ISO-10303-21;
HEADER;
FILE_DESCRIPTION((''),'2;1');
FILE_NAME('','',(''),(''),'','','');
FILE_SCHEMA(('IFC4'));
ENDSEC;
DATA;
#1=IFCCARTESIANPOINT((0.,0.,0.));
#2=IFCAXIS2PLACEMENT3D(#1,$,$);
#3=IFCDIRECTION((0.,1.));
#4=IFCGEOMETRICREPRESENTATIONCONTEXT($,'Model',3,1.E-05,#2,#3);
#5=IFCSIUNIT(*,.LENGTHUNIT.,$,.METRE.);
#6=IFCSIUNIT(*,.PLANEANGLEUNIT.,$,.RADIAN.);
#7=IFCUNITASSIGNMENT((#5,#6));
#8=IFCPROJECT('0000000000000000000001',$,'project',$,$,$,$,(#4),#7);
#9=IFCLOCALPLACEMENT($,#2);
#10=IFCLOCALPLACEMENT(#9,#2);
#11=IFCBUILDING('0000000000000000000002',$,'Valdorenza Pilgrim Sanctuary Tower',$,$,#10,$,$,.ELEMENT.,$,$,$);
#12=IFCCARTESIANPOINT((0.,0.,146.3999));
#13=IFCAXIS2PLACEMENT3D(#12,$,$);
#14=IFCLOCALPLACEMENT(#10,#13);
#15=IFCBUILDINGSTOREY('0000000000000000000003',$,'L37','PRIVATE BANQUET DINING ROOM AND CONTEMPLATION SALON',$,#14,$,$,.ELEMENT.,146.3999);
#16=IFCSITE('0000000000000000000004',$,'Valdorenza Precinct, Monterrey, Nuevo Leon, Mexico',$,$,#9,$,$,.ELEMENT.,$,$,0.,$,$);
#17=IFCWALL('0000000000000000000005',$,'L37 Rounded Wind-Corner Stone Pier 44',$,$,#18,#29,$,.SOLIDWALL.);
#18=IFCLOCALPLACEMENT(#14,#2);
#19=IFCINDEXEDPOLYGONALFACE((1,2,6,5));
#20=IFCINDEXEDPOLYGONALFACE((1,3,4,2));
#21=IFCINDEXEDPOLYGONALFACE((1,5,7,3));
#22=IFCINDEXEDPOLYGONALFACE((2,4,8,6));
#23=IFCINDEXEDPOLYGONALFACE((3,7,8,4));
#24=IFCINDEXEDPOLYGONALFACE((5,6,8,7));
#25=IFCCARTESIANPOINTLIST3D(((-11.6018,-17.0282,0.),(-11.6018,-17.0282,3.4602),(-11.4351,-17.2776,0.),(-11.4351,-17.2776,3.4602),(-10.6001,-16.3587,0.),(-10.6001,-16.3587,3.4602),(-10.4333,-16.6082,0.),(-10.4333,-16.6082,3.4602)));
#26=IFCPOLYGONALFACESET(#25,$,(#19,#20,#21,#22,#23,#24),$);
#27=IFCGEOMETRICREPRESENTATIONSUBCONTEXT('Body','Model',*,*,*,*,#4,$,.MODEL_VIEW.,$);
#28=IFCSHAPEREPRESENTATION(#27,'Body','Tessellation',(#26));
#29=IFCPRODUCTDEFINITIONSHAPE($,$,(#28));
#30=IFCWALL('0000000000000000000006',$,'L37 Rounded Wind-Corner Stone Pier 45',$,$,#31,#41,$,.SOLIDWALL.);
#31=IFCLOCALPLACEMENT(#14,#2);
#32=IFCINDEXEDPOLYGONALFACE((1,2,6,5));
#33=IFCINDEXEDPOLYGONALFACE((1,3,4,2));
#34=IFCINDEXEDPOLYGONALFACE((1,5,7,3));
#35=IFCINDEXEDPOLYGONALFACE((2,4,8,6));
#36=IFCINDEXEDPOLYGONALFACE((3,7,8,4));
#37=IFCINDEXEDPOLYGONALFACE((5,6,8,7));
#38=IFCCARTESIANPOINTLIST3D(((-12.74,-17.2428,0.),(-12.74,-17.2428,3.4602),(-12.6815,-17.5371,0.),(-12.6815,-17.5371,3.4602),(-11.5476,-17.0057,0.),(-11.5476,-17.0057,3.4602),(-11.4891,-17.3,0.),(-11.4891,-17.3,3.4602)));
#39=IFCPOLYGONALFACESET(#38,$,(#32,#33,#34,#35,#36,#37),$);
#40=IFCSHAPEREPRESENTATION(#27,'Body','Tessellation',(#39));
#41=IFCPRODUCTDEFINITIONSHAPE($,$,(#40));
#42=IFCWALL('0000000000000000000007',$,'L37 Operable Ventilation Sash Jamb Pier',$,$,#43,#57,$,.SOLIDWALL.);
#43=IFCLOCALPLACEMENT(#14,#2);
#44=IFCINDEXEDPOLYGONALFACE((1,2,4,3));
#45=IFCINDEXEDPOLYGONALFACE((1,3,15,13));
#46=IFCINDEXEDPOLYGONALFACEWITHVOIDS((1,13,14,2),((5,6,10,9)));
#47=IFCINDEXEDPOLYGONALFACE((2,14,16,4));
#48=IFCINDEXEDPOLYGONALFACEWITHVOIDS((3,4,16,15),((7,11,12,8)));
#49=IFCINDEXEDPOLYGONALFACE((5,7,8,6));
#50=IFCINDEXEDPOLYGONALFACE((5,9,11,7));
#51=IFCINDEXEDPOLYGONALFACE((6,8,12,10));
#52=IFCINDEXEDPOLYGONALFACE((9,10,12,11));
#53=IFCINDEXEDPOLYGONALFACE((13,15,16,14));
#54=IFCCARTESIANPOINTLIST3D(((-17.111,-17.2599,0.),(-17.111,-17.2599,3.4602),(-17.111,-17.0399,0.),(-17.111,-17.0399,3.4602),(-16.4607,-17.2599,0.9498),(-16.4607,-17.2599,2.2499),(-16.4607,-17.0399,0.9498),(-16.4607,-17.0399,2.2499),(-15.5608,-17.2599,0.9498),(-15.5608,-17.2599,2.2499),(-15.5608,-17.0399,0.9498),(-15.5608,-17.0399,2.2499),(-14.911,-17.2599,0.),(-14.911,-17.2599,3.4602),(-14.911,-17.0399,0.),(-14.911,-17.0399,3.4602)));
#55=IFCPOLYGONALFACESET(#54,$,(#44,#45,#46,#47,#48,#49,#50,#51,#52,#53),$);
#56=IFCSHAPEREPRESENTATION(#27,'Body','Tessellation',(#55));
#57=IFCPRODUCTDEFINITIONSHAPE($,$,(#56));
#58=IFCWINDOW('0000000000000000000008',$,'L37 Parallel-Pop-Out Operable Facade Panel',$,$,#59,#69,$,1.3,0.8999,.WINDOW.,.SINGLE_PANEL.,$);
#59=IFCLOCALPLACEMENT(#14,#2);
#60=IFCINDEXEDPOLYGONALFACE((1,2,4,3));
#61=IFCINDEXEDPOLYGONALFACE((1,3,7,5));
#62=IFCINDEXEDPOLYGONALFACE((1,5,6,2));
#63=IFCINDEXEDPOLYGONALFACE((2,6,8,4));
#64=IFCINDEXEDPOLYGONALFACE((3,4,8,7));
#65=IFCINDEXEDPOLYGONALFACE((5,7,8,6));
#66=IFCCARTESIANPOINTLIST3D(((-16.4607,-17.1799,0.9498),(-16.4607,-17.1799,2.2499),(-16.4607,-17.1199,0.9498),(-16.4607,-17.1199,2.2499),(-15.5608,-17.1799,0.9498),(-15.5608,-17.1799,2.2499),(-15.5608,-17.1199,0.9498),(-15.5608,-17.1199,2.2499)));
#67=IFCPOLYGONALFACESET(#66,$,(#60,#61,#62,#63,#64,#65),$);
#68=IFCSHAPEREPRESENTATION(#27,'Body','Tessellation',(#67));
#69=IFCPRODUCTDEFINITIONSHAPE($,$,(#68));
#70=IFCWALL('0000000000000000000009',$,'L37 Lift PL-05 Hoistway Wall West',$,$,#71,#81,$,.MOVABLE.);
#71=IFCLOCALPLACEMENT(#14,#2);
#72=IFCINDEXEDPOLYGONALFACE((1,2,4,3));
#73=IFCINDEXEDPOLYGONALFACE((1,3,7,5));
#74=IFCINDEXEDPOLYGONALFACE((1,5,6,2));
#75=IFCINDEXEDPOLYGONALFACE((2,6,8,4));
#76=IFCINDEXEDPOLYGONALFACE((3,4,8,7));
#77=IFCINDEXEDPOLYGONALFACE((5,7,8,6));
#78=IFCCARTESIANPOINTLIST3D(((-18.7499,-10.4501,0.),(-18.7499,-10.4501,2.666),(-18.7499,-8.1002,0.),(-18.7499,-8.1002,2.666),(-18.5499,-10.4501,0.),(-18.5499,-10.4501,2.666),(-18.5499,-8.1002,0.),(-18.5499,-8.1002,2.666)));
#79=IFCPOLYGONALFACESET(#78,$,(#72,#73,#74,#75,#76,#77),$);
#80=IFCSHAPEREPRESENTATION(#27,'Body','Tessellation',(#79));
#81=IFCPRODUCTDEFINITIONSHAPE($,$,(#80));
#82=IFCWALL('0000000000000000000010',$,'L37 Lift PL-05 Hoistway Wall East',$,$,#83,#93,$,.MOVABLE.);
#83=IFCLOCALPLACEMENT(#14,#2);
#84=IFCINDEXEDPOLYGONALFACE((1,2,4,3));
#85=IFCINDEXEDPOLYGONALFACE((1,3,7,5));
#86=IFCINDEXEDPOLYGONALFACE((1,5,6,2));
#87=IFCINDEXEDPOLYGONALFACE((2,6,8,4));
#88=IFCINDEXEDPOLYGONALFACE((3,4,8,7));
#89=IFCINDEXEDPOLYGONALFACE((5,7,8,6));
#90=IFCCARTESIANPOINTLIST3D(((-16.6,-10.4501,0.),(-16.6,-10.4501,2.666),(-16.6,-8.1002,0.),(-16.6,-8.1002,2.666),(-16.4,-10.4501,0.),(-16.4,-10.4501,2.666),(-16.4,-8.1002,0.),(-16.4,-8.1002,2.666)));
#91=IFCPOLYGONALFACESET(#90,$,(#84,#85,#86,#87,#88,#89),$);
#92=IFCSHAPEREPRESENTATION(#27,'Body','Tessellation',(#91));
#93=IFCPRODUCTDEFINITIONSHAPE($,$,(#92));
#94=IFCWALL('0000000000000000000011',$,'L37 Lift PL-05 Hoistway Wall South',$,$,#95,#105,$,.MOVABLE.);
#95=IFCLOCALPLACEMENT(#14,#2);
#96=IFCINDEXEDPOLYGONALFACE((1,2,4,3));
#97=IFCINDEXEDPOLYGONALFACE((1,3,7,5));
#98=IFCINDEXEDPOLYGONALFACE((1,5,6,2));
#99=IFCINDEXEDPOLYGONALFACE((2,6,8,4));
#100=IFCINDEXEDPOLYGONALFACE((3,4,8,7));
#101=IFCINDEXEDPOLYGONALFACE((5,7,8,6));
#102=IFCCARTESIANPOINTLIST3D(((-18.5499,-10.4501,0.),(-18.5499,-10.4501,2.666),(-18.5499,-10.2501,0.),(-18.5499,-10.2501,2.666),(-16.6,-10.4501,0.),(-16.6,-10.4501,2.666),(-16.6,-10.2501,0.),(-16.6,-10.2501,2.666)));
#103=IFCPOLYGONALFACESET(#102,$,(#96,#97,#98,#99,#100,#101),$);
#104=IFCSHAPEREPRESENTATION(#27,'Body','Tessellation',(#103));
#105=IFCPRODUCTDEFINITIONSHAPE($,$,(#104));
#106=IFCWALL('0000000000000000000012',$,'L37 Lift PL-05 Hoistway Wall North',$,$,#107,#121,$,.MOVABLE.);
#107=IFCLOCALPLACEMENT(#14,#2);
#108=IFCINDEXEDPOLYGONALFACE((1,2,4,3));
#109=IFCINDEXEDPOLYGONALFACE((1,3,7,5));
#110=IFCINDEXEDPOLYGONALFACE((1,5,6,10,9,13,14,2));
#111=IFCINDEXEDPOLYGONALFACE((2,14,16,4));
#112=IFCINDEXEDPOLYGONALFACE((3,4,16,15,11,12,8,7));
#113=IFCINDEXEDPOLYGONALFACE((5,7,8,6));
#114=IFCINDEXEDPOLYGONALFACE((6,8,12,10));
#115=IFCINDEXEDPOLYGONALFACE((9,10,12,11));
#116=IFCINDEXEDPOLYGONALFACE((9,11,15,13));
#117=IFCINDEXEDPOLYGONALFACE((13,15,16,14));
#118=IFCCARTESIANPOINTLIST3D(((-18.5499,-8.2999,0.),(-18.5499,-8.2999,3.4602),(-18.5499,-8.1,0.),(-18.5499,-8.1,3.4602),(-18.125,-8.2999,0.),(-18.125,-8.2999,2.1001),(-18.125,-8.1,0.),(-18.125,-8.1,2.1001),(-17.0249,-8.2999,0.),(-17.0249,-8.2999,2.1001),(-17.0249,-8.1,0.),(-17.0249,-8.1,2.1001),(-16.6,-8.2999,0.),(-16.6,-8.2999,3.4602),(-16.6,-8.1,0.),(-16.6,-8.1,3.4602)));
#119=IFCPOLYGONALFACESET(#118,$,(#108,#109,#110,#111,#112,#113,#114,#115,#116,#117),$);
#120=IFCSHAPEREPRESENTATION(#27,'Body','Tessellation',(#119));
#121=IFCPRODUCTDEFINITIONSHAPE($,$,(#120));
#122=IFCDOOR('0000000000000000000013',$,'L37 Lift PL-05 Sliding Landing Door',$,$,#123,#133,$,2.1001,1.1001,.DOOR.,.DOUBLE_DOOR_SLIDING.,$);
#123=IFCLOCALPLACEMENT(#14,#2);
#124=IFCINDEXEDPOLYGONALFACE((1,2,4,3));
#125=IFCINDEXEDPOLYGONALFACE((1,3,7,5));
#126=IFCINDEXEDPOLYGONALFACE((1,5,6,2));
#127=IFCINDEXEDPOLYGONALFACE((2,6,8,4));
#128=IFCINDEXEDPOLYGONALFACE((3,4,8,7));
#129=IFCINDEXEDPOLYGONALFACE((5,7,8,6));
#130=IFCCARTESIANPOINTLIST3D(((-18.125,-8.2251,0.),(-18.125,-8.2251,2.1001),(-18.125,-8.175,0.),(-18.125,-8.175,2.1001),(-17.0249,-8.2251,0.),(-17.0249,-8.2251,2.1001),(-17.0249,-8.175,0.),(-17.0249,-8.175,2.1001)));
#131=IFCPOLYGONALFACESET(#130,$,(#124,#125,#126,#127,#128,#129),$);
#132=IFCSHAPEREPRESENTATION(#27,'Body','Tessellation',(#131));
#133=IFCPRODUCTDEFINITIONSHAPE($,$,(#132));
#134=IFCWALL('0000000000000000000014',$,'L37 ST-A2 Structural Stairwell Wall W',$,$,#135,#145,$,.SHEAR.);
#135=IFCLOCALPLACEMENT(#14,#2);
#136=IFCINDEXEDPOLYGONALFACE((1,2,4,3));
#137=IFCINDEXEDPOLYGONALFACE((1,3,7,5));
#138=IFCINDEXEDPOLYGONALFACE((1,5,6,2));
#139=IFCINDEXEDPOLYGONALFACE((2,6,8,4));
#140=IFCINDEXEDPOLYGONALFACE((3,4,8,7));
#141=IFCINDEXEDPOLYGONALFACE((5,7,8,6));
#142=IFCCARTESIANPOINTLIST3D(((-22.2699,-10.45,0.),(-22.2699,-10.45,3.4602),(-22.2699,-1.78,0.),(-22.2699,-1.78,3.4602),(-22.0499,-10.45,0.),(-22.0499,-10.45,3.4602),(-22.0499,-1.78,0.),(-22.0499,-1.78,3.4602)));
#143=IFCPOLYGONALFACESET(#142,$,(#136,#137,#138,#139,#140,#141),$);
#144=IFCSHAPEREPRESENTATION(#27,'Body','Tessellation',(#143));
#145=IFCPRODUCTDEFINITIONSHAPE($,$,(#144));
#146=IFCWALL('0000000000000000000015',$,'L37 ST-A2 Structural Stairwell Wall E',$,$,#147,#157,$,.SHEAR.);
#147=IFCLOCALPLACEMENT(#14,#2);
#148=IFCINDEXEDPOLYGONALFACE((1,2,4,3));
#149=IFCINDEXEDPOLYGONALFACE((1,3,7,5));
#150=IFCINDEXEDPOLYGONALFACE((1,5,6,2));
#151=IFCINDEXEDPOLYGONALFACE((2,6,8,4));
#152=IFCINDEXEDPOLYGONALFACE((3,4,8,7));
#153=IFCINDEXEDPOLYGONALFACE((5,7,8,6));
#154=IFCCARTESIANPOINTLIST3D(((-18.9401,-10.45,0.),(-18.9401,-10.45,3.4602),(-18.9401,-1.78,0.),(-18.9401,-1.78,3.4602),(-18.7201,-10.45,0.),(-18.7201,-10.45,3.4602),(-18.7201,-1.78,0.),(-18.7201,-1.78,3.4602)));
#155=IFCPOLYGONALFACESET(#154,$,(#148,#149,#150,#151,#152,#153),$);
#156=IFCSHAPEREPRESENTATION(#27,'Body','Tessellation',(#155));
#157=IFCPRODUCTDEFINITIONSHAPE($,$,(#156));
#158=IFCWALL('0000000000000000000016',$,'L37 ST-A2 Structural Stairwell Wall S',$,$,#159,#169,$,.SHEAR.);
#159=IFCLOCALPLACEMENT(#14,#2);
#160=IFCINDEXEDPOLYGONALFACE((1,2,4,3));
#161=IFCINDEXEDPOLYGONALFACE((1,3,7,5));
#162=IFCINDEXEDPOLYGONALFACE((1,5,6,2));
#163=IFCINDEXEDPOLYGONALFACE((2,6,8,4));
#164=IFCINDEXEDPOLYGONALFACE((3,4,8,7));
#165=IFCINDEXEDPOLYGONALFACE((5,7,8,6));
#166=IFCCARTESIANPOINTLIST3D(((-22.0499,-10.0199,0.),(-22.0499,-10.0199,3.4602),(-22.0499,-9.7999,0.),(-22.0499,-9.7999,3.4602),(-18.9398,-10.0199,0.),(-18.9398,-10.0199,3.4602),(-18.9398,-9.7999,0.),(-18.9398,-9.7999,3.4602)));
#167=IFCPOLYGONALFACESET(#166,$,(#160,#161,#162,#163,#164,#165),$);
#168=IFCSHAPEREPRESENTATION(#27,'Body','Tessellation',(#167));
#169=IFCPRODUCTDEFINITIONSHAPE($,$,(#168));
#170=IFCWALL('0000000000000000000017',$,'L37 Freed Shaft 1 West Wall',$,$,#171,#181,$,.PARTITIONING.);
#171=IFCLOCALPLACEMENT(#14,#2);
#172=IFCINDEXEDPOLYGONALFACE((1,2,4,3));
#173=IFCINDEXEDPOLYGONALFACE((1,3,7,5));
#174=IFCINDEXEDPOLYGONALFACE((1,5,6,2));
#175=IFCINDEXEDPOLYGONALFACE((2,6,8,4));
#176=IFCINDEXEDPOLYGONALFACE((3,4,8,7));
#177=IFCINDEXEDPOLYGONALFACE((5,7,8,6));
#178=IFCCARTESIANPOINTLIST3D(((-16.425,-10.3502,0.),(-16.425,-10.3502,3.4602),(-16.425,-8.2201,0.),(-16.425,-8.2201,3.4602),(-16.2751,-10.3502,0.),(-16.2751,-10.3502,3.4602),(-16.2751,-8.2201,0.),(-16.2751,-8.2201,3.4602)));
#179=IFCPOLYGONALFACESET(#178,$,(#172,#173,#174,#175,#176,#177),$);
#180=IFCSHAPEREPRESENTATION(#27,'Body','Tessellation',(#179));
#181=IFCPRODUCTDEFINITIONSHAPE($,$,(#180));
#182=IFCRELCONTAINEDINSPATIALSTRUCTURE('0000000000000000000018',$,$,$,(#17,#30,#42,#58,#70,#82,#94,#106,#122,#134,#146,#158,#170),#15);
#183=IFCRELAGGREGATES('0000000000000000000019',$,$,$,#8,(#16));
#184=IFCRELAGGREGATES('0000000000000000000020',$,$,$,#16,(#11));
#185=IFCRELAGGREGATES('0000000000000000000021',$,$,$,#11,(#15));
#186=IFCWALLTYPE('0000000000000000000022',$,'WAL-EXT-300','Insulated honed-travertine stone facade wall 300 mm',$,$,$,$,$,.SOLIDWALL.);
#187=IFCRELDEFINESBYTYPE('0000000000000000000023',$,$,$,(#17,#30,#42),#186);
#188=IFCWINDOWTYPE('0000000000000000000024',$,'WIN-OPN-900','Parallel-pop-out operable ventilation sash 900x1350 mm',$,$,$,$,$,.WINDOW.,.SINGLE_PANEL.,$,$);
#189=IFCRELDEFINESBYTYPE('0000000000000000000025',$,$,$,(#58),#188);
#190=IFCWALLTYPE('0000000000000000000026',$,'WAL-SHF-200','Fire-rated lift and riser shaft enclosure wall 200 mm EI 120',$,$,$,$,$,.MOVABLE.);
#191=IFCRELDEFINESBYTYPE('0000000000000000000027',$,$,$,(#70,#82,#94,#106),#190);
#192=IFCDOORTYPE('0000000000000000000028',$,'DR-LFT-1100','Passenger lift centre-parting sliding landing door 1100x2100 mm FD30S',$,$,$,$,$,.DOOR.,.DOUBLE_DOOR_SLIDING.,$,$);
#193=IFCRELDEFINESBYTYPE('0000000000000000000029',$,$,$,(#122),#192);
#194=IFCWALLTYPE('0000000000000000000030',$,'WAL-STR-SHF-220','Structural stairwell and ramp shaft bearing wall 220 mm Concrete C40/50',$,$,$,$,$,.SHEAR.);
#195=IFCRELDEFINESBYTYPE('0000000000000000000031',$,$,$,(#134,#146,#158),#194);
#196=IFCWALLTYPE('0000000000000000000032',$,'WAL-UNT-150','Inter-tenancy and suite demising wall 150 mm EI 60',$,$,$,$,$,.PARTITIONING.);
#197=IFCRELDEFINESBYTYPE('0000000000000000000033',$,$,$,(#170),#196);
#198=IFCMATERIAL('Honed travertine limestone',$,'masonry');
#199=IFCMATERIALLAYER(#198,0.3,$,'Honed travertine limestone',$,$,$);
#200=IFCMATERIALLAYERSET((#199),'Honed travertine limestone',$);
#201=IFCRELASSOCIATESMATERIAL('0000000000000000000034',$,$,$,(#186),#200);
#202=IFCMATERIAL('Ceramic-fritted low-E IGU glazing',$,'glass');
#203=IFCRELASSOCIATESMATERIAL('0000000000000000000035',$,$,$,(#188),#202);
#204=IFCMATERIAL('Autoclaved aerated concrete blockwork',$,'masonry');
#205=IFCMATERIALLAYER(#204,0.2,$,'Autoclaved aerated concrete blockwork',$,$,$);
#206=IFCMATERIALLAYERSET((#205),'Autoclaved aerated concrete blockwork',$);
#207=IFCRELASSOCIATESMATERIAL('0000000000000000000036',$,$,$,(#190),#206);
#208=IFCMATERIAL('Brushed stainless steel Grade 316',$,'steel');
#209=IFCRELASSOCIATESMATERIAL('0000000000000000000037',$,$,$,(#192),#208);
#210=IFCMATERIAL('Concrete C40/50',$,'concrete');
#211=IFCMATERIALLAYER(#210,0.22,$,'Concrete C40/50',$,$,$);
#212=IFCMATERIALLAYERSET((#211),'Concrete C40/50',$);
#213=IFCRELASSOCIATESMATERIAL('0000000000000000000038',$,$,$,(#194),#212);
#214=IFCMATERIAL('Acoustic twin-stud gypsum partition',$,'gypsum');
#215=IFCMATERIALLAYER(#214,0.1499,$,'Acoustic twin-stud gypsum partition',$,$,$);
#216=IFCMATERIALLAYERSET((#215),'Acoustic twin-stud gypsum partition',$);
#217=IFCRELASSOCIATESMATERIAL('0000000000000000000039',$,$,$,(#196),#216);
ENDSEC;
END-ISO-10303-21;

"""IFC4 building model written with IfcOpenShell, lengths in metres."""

from ifc_helpers import new_model, si_unit, direction, frame, frame_2d, origin, place, context, subcontext, project, spatial, rectangle, extrude, material, layer, layer_set, type_object, element, fill, save


model = new_model("IFC4")

# Units and contexts
model_context = context("Model", 3, precision=1e-05, world=origin(), true_north=direction((0.0, 1.0)))
body_context = subcontext(model_context, "Body", "Model", "MODEL_VIEW")
ifc_project = project(units=[si_unit("LENGTHUNIT", "METRE"), si_unit("PLANEANGLEUNIT", "RADIAN")], contexts=[model_context])

# Site, building, storey
site_placement = place(None, origin())
site = spatial("IfcSite", under=ifc_project, at=site_placement, Name="Valdorenza Precinct, Monterrey, Nuevo Leon, Mexico", CompositionType="ELEMENT", RefElevation=0.0)
building_placement = place(site_placement, origin())
building = spatial("IfcBuilding", under=site, at=building_placement, Name="Valdorenza Pilgrim Sanctuary Tower", CompositionType="ELEMENT")
storey_placement = place(building_placement, frame((0.0, 0.0, 146.3999)))
storey = spatial("IfcBuildingStorey", under=building, at=storey_placement, Name="L37", Description="PRIVATE BANQUET DINING ROOM AND CONTEMPLATION SALON", CompositionType="ELEMENT", Elevation=146.3999)

# Shared definitions
ifc_material_1 = material(Name="Honed travertine limestone", Category="masonry")
ifc_material_2 = material(Name="Ceramic-fritted low-E IGU glazing", Category="glass")

# Shared definitions
ifc_material_3 = material(Name="Acoustic twin-stud gypsum partition", Category="gypsum")

# Walls
ifc_layer_1 = layer(ifc_material_1, 0.3, Name="Honed travertine limestone")
ifc_layer_set_1 = layer_set([ifc_layer_1], Name="Honed travertine limestone")
wall_type_1 = type_object("IfcWallType", Name="WAL-EXT-300", Description="Insulated honed-travertine stone facade wall 300 mm", PredefinedType="SOLIDWALL", material=ifc_layer_set_1)
for number, where, z_axis, x_axis, name in (
    (1, (-10.5166, -16.4834, 0.0), (0.0, 0.0, 1.0), (-0.831426, -0.555635, 0.0), "L37 Rounded Wind-Corner Stone Pier 44"),
):
    element("IfcWall", number, at=place(storey_placement, frame(where, z_axis=z_axis, x_axis=x_axis)), inside=storey, type_object=wall_type_1, Name=name, PredefinedType="SOLIDWALL", context=body_context, shape_type="SweptSolid", body=[
        extrude(rectangle(XDim=1.2048, YDim=0.3, at=frame_2d((0.6025, 0.0))), origin(), (0.0, 0.0, 1.0), 3.4602),
    ])
wall_1_placement = place(storey_placement, frame((-11.5183, -17.1528, 0.0), z_axis=(0.0, 0.0, 1.0), x_axis=(-0.980804, -0.194996, 0.0)))
element("IfcWall", 2, at=wall_1_placement, inside=storey, type_object=wall_type_1, Name="L37 Rounded Wind-Corner Stone Pier 45", PredefinedType="SOLIDWALL", context=body_context, shape_type="SweptSolid", body=[
    extrude(rectangle(XDim=1.2158, YDim=0.3, at=frame_2d((0.6079, 0.0))), origin(), (0.0, 0.0, 1.0), 3.4602),
])

# Wall, opening, window
wall_2_placement = place(storey_placement, frame((-14.9109, -17.1499, 0.0), z_axis=(0.0, 0.0, 1.0), x_axis=(-1.0, 0.0, 0.0)))
wall_2 = element("IfcWall", 3, at=wall_2_placement, inside=storey, type_object=wall_type_1, Name="L37 Operable Ventilation Sash Jamb Pier", PredefinedType="SOLIDWALL", context=body_context, shape_type="SweptSolid", body=[
    extrude(rectangle(XDim=2.2, YDim=0.22, at=frame_2d((1.1001, 0.0))), origin(), (0.0, 0.0, 1.0), 3.4602),
])
opening_1_placement = place(wall_2_placement, frame((0.6499, 0.0, 0.95)))
opening_1 = element("IfcOpeningElement", 4, at=opening_1_placement, cuts=wall_2, PredefinedType="OPENING", context=body_context, shape_type="SweptSolid", body=[
    extrude(rectangle(XDim=0.8999, YDim=1.3, at=frame_2d((0.45, 0.6499))), frame((0.0, 0.125, 0.0), z_axis=(0.0, -1.0, 0.0), x_axis=(1.0, 0.0, 0.0)), (0.0, 0.0, 1.0), 0.2498),
])
window_type = type_object("IfcWindowType", Name="WIN-OPN-900", Description="Parallel-pop-out operable ventilation sash 900x1350 mm", PartitioningType="SINGLE_PANEL", PredefinedType="WINDOW", material=ifc_material_2)
window_placement = place(opening_1_placement, origin())
window = element("IfcWindow", 5, at=window_placement, inside=storey, type_object=window_type, Name="L37 Parallel-Pop-Out Operable Facade Panel", OverallHeight=1.3, OverallWidth=0.8999, PartitioningType="SINGLE_PANEL", PredefinedType="WINDOW", context=body_context, shape_type="SweptSolid", body=[
    extrude(rectangle(XDim=0.8999, YDim=1.3, at=frame_2d((0.45, 0.6499))), frame((0.0, 0.03, 0.0), z_axis=(0.0, -1.0, 0.0), x_axis=(1.0, 0.0, 0.0)), (0.0, 0.0, 1.0), 0.0601),
])
fill(opening_1, window)

# Walls
ifc_material_4 = material(Name="Autoclaved aerated concrete blockwork", Category="masonry")
ifc_layer_2 = layer(ifc_material_4, 0.2, Name="Autoclaved aerated concrete blockwork")
ifc_layer_set_2 = layer_set([ifc_layer_2], Name="Autoclaved aerated concrete blockwork")
wall_type_2 = type_object("IfcWallType", Name="WAL-SHF-200", Description="Fire-rated lift and riser shaft enclosure wall 200 mm EI 120", PredefinedType="MOVABLE", material=ifc_layer_set_2)
for number, where, z_axis, x_axis, name in (
    (6, (-18.6499, -10.45, 0.0), (0.0, 0.0, 1.0), (0.0, 1.0, 0.0), "L37 Lift PL-05 Hoistway Wall West"),
    (7, (-16.5, -10.45, 0.0), (0.0, 0.0, 1.0), (0.0, 1.0, 0.0), "L37 Lift PL-05 Hoistway Wall East"),
):
    element("IfcWall", number, at=place(storey_placement, frame(where, z_axis=z_axis, x_axis=x_axis)), inside=storey, type_object=wall_type_2, Name=name, PredefinedType="MOVABLE", context=body_context, shape_type="SweptSolid", body=[
        extrude(rectangle(XDim=2.3499, YDim=0.2, at=frame_2d((1.1748, 0.0))), origin(), (0.0, 0.0, 1.0), 2.666),
    ])
wall_3_placement = place(storey_placement, frame((-18.55, -10.3501, 0.0), z_axis=(0.0, 0.0, 1.0), x_axis=(1.0, 0.0, 0.0)))
element("IfcWall", 8, at=wall_3_placement, inside=storey, type_object=wall_type_2, Name="L37 Lift PL-05 Hoistway Wall South", PredefinedType="MOVABLE", context=body_context, shape_type="SweptSolid", body=[
    extrude(rectangle(XDim=1.95, YDim=0.2, at=frame_2d((0.9751, 0.0))), origin(), (0.0, 0.0, 1.0), 2.666),
])

# Wall, opening, door
wall_4_placement = place(storey_placement, frame((-18.55, -8.2, 0.0), z_axis=(0.0, 0.0, 1.0), x_axis=(1.0, 0.0, 0.0)))
wall_4 = element("IfcWall", 9, at=wall_4_placement, inside=storey, type_object=wall_type_2, Name="L37 Lift PL-05 Hoistway Wall North", PredefinedType="MOVABLE", context=body_context, shape_type="SweptSolid", body=[
    extrude(rectangle(XDim=1.95, YDim=0.2, at=frame_2d((0.9751, 0.0))), origin(), (0.0, 0.0, 1.0), 3.4602),
])
opening_2_placement = place(wall_4_placement, frame((0.425, 0.0, 0.0)))
opening_2 = element("IfcOpeningElement", 10, at=opening_2_placement, cuts=wall_4, PredefinedType="OPENING", context=body_context, shape_type="SweptSolid", body=[
    extrude(rectangle(XDim=1.1001, YDim=2.1001, at=frame_2d((0.55, 1.05))), frame((0.0, 0.1147, 0.0), z_axis=(0.0, -1.0, 0.0), x_axis=(1.0, 0.0, 0.0)), (0.0, 0.0, 1.0), 0.2297),
])
ifc_material_5 = material(Name="Brushed stainless steel Grade 316", Category="steel")
door_type_1 = type_object("IfcDoorType", Name="DR-LFT-1100", Description="Passenger lift centre-parting sliding landing door 1100x2100 mm FD30S", OperationType="DOUBLE_DOOR_SLIDING", PredefinedType="DOOR", material=ifc_material_5)
door_1_placement = place(opening_2_placement, origin())
door_1 = element("IfcDoor", 11, at=door_1_placement, inside=storey, type_object=door_type_1, Name="L37 Lift PL-05 Sliding Landing Door", OperationType="DOUBLE_DOOR_SLIDING", OverallHeight=2.1001, OverallWidth=1.1001, PredefinedType="DOOR", context=body_context, shape_type="SweptSolid", body=[
    extrude(rectangle(XDim=1.1001, YDim=2.1001, at=frame_2d((0.55, 1.05))), frame((0.0, 0.0249, 0.0), z_axis=(0.0, -1.0, 0.0), x_axis=(1.0, 0.0, 0.0)), (0.0, 0.0, 1.0), 0.05),
])
fill(opening_2, door_1)

# Walls
ifc_material_6 = material(Name="Concrete C40/50", Category="concrete")
ifc_layer_3 = layer(ifc_material_6, 0.22, Name="Concrete C40/50")
ifc_layer_set_3 = layer_set([ifc_layer_3], Name="Concrete C40/50")
wall_type_3 = type_object("IfcWallType", Name="WAL-STR-SHF-220", Description="Structural stairwell and ramp shaft bearing wall 220 mm Concrete C40/50", PredefinedType="SHEAR", material=ifc_layer_set_3)
for number, where, z_axis, x_axis, name in (
    (12, (-22.1599, -10.45, 0.0), (0.0, 0.0, 1.0), (0.0, 1.0, 0.0), "L37 ST-A2 Structural Stairwell Wall W"),
    (13, (-18.8301, -10.45, 0.0), (0.0, 0.0, 1.0), (0.0, 1.0, 0.0), "L37 ST-A2 Structural Stairwell Wall E"),
):
    element("IfcWall", number, at=place(storey_placement, frame(where, z_axis=z_axis, x_axis=x_axis)), inside=storey, type_object=wall_type_3, Name=name, PredefinedType="SHEAR", context=body_context, shape_type="SweptSolid", body=[
        extrude(rectangle(XDim=8.6699, YDim=0.22, at=frame_2d((4.335, 0.0))), origin(), (0.0, 0.0, 1.0), 3.4602),
    ])
wall_5_placement = place(storey_placement, frame((-22.05, -9.9099, 0.0), z_axis=(0.0, 0.0, 1.0), x_axis=(1.0, 0.0, 0.0)))
element("IfcWall", 14, at=wall_5_placement, inside=storey, type_object=wall_type_3, Name="L37 ST-A2 Structural Stairwell Wall S", PredefinedType="SHEAR", context=body_context, shape_type="SweptSolid", body=[
    extrude(rectangle(XDim=3.1101, YDim=0.22, at=frame_2d((1.5552, 0.0))), origin(), (0.0, 0.0, 1.0), 3.4602),
])
ifc_layer_4 = layer(ifc_material_3, 0.1499, Name="Acoustic twin-stud gypsum partition")
ifc_layer_set_4 = layer_set([ifc_layer_4], Name="Acoustic twin-stud gypsum partition")
wall_type_4 = type_object("IfcWallType", Name="WAL-UNT-150", Description="Inter-tenancy and suite demising wall 150 mm EI 60", PredefinedType="PARTITIONING", material=ifc_layer_set_4)
wall_6_placement = place(storey_placement, frame((-16.3501, -10.3501, 0.0), z_axis=(0.0, 0.0, 1.0), x_axis=(0.0, 1.0, 0.0)))
element("IfcWall", 15, at=wall_6_placement, inside=storey, type_object=wall_type_4, Name="L37 Freed Shaft 1 West Wall", PredefinedType="PARTITIONING", context=body_context, shape_type="SweptSolid", body=[
    extrude(rectangle(XDim=2.1301, YDim=0.1499, at=frame_2d((1.0649, 0.0))), origin(), (0.0, 0.0, 1.0), 3.4602),
])

save(model, "model.ifc")
